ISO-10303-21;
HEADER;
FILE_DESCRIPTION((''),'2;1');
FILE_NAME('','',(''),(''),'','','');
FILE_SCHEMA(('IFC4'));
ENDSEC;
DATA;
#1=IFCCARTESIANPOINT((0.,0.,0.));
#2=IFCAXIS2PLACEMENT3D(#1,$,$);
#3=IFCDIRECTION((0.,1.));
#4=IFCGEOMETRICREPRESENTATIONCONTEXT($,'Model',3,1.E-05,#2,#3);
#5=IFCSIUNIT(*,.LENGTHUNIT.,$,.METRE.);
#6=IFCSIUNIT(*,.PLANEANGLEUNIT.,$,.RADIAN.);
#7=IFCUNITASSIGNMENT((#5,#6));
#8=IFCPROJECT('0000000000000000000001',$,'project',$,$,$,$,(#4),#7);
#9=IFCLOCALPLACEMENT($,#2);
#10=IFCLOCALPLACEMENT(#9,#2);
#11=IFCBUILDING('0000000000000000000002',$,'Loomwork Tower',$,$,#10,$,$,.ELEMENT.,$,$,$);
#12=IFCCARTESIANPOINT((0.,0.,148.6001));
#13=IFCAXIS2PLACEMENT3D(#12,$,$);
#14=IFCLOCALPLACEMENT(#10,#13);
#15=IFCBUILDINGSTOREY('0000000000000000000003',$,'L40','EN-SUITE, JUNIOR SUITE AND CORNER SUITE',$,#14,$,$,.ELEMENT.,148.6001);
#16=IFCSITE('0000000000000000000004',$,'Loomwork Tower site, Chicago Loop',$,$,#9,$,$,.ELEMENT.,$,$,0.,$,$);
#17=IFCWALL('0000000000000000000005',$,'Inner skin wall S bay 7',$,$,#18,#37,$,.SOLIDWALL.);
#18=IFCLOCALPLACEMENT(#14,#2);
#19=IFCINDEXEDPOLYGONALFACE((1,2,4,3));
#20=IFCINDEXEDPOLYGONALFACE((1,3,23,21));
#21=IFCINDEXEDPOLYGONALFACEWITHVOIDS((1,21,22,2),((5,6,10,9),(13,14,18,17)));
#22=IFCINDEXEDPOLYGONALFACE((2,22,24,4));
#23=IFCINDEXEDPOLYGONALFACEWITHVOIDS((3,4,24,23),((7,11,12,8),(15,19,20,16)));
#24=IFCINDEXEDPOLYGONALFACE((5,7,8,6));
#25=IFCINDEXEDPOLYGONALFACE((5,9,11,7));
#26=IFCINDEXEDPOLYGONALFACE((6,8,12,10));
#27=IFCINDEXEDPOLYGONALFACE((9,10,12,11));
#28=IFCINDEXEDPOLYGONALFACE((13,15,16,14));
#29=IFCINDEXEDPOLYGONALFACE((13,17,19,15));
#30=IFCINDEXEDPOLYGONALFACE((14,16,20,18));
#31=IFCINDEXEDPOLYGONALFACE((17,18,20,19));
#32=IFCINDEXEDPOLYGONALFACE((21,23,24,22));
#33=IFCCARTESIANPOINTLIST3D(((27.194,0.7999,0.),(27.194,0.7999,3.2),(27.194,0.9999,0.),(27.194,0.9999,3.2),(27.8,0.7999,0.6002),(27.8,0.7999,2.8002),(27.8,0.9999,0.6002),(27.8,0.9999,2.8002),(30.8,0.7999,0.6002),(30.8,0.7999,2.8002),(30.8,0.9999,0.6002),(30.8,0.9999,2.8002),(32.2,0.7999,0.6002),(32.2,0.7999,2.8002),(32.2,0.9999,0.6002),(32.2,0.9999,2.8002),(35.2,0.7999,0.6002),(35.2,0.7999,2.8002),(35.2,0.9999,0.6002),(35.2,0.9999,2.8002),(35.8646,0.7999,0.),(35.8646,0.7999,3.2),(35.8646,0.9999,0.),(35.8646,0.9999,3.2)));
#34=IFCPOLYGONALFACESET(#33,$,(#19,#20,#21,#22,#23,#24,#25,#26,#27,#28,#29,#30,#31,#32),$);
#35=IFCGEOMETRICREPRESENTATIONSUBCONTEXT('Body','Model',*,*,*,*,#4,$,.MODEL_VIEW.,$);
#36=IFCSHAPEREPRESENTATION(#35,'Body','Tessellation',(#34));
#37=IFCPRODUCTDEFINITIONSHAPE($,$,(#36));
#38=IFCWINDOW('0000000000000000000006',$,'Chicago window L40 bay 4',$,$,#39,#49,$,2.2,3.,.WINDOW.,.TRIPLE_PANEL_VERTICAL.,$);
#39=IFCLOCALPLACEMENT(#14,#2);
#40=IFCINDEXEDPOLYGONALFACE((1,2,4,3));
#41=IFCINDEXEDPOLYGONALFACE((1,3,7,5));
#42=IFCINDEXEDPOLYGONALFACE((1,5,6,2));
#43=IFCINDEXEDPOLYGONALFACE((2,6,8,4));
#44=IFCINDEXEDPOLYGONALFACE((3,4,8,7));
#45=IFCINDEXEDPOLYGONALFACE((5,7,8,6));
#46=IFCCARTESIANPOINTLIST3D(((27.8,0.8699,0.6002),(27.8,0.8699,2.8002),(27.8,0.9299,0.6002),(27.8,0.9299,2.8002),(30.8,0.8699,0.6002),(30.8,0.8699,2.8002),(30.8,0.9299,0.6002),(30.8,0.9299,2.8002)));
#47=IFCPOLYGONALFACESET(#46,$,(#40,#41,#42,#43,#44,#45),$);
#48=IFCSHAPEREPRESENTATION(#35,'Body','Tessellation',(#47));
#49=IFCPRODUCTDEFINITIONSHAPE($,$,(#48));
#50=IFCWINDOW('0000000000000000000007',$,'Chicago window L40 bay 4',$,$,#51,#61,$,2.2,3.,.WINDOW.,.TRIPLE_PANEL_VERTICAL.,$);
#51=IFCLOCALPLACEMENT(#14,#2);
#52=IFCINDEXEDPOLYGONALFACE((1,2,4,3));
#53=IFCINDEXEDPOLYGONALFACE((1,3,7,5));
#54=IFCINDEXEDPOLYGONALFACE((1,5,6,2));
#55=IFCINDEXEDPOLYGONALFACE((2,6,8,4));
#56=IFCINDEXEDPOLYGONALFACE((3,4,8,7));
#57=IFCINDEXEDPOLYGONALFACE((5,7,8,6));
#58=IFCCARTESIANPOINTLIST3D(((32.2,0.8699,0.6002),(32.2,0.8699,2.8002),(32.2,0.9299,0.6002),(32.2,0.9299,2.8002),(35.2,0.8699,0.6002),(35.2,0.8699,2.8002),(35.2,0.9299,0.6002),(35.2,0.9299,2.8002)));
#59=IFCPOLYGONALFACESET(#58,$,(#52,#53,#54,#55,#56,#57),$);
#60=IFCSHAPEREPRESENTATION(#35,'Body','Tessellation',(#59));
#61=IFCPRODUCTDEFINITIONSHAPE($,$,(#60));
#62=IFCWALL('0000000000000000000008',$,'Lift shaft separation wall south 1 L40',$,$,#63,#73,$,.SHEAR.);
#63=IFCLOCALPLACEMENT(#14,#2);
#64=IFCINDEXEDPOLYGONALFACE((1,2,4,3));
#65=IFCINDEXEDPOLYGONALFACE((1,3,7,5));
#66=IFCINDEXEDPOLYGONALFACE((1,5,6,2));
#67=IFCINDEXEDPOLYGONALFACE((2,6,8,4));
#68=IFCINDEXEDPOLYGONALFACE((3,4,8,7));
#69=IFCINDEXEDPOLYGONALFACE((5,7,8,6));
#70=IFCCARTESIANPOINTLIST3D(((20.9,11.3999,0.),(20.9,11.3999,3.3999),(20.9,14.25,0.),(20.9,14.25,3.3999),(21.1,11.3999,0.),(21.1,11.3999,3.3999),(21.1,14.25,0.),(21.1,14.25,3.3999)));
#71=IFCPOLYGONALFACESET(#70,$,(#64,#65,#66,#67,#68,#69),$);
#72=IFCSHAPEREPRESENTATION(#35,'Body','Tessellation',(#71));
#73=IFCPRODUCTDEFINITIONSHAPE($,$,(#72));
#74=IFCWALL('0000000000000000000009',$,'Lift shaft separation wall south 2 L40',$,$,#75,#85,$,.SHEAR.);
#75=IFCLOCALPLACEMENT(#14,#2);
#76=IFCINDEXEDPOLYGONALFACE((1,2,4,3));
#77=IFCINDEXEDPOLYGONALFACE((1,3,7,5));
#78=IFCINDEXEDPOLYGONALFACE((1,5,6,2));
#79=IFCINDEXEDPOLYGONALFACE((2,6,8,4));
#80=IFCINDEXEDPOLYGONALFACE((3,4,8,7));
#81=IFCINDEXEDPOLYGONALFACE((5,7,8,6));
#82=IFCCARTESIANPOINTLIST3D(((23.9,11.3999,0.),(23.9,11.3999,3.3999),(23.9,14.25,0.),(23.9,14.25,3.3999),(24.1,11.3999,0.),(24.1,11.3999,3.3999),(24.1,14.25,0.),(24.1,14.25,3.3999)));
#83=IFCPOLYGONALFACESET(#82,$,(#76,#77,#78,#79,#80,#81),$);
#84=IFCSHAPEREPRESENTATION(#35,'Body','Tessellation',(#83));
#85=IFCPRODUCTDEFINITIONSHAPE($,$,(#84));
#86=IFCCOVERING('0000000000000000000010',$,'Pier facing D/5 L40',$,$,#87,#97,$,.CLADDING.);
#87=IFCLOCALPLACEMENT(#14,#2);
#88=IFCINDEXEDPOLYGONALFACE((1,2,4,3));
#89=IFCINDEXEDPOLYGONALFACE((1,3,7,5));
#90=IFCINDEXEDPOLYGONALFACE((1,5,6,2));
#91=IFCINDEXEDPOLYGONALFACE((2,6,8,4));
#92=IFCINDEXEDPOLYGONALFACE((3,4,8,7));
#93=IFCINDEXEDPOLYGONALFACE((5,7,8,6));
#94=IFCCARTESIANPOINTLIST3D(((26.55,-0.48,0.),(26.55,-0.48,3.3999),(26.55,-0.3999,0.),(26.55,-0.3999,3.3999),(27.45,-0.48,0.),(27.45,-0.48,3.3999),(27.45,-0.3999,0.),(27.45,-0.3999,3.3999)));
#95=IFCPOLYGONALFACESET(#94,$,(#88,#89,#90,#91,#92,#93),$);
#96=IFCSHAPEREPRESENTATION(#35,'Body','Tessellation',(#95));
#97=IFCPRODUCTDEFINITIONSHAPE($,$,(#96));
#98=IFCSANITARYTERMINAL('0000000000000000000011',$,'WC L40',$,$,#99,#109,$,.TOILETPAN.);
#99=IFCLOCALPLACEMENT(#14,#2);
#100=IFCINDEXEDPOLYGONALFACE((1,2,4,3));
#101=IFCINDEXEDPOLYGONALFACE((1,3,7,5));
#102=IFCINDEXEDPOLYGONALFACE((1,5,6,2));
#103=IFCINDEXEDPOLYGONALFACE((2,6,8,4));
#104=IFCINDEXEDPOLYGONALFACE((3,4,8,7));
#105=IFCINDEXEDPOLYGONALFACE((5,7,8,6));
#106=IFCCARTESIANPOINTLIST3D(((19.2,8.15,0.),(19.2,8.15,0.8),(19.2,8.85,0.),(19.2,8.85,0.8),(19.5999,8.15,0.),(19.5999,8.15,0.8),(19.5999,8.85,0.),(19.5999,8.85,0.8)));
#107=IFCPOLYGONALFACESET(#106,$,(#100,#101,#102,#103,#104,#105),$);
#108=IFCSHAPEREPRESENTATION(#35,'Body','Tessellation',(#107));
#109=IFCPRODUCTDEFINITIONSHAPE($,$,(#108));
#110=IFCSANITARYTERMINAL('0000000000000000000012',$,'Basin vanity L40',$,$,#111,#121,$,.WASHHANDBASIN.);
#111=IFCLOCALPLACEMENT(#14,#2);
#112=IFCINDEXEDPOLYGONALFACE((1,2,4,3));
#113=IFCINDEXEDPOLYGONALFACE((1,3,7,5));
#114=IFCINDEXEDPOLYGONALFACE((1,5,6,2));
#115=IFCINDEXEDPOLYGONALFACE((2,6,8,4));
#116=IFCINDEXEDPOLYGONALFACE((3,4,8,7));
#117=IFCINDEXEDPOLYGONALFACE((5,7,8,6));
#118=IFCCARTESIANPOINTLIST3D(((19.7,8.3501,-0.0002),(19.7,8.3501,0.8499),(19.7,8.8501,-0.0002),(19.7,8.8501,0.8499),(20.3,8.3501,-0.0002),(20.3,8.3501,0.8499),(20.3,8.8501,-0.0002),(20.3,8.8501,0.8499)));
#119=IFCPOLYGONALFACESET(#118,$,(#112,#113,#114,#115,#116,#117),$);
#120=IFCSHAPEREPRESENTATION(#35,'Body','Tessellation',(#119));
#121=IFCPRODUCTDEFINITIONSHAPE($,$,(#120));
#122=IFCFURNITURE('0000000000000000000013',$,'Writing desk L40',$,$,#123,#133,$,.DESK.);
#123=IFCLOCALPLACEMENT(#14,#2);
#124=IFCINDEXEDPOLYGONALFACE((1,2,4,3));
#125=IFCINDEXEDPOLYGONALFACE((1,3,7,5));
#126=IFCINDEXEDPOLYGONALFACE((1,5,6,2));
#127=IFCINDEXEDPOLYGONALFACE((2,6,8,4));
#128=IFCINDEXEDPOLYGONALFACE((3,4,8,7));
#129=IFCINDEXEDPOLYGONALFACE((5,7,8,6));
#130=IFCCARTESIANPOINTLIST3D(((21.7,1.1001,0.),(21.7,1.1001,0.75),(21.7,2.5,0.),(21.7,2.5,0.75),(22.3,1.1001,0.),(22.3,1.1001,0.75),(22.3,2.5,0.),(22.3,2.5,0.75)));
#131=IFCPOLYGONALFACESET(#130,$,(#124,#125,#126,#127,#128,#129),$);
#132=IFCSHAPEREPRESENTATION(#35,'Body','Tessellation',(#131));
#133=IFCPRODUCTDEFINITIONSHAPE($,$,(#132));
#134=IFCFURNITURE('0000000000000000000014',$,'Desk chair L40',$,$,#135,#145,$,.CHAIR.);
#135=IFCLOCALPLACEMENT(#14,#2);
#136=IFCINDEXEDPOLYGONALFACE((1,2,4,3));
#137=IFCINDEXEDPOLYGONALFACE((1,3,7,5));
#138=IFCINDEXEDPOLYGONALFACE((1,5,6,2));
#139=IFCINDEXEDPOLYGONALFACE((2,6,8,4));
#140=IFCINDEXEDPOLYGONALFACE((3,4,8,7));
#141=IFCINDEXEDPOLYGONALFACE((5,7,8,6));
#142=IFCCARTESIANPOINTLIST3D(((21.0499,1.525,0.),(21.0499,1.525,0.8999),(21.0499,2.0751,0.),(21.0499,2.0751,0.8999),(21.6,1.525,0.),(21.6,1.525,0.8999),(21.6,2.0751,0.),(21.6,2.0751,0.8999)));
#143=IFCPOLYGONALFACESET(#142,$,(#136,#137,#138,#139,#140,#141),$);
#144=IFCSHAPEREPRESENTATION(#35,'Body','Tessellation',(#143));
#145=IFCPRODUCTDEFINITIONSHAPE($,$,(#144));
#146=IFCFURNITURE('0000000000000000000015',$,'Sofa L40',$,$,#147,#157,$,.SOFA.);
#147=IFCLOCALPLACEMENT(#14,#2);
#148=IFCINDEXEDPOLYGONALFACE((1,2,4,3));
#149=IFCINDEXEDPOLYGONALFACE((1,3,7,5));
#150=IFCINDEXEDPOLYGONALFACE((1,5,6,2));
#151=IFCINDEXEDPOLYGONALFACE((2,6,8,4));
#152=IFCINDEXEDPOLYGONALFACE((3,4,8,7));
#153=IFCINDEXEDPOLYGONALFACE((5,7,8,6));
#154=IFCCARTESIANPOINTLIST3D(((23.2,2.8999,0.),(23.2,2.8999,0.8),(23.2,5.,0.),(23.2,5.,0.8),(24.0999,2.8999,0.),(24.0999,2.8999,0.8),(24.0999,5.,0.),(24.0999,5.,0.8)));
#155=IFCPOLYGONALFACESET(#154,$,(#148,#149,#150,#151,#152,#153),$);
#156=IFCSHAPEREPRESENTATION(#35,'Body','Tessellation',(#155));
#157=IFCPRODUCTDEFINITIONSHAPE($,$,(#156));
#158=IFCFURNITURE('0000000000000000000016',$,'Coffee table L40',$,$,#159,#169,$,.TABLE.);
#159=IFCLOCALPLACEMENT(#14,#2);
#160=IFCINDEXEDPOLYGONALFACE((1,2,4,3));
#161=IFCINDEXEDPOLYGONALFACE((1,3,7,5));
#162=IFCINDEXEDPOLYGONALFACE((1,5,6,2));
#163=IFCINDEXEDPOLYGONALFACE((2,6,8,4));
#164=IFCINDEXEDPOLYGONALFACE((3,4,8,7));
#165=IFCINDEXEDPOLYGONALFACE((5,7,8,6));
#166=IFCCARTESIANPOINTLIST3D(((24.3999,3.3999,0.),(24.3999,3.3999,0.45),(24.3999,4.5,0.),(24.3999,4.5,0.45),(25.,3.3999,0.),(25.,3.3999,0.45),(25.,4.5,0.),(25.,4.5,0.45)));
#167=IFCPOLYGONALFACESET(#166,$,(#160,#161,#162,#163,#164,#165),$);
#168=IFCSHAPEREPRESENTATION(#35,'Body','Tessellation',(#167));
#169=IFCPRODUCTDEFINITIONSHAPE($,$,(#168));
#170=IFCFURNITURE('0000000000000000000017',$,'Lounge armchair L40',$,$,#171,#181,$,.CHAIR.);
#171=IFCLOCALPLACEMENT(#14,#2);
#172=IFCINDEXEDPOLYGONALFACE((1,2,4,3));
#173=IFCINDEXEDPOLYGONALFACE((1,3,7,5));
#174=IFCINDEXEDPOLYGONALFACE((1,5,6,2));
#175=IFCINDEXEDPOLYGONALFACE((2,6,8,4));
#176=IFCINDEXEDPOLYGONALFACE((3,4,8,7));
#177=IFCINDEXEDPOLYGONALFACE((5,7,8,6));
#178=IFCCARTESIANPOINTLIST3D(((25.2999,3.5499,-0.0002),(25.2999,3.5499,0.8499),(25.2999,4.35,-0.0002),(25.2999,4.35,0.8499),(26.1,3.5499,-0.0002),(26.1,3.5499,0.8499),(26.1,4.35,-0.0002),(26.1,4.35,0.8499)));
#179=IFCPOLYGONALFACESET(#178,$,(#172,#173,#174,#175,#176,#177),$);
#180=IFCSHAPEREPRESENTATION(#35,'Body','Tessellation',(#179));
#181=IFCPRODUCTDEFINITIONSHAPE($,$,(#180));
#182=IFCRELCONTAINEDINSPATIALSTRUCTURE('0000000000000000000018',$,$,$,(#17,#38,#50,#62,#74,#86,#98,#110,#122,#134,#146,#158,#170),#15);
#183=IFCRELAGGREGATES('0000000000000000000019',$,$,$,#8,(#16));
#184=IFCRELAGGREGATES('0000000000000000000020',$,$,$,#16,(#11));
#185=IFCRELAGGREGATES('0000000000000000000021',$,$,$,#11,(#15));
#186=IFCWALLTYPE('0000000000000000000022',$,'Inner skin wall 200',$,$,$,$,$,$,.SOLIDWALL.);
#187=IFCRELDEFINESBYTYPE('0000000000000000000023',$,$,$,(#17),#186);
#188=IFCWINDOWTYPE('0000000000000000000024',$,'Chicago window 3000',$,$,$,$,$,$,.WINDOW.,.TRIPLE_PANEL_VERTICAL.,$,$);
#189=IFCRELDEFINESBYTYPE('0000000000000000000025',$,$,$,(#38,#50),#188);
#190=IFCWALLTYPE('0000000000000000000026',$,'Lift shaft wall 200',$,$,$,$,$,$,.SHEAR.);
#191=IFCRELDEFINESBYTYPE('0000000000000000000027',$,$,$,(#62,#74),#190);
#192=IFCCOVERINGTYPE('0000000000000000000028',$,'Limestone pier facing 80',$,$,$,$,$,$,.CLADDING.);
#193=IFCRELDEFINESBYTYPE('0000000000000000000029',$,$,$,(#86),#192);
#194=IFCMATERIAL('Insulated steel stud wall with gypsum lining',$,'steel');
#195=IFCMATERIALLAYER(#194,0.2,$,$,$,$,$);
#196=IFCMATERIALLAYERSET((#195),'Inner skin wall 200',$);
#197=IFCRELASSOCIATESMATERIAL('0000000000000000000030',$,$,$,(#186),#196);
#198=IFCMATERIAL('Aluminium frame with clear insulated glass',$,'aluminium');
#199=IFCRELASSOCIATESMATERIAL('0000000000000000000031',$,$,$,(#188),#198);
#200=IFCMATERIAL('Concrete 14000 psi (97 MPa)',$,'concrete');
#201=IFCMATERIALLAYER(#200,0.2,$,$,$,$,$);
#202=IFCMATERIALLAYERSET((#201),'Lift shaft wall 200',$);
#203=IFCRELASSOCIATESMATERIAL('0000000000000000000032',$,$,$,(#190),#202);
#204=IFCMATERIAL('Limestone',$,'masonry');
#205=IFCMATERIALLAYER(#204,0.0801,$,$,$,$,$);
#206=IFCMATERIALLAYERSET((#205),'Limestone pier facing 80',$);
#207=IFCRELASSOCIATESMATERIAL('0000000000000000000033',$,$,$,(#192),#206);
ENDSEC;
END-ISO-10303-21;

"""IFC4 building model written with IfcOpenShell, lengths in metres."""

from ifc_helpers import new_model, si_unit, direction, frame, frame_2d, origin, origin_2d, place, context, subcontext, project, spatial, rectangle, extrude, material, layer, layer_set, type_object, element, fill, save


model = new_model("IFC4")

# Units and contexts
model_context = context("Model", 3, precision=1e-05, world=origin(), true_north=direction((0.0, 1.0)))
body_context = subcontext(model_context, "Body", "Model", "MODEL_VIEW")
ifc_project = project(units=[si_unit("LENGTHUNIT", "METRE"), si_unit("PLANEANGLEUNIT", "RADIAN")], contexts=[model_context])

# Site, building, storey
site_placement = place(None, origin())
site = spatial("IfcSite", under=ifc_project, at=site_placement, Name="Loomwork Tower site, Chicago Loop", CompositionType="ELEMENT", RefElevation=0.0)
building_placement = place(site_placement, origin())
building = spatial("IfcBuilding", under=site, at=building_placement, Name="Loomwork Tower", CompositionType="ELEMENT")
storey_placement = place(building_placement, frame((0.0, 0.0, 148.6001)))
storey = spatial("IfcBuildingStorey", under=building, at=storey_placement, Name="L40", Description="EN-SUITE, JUNIOR SUITE AND CORNER SUITE", CompositionType="ELEMENT", Elevation=148.6001)

# Shared definitions
ifc_material_1 = material(Name="Insulated steel stud wall with gypsum lining", Category="steel")
ifc_layer_1 = layer(ifc_material_1, 0.2)
ifc_layer_set_1 = layer_set([ifc_layer_1], Name="Inner skin wall 200")
wall_type_1 = type_object("IfcWallType", Name="Inner skin wall 200", PredefinedType="SOLIDWALL", material=ifc_layer_set_1)

# Wall, openings, windows
wall_1_placement = place(storey_placement, frame((27.1938, 0.8999, 0.0), z_axis=(0.0, 0.0, 1.0), x_axis=(1.0, 0.0, 0.0)))
wall_1 = element("IfcWall", 1, at=wall_1_placement, inside=storey, type_object=wall_type_1, Name="Inner skin wall S bay 7", PredefinedType="SOLIDWALL", context=body_context, shape_type="SweptSolid", body=[
    extrude(rectangle(XDim=8.6707, YDim=0.2, at=frame_2d((4.3354, 0.0))), origin(), (0.0, 0.0, 1.0), 3.2),
])
opening_1_placement = place(wall_1_placement, frame((0.6062, 0.0, 0.6001)))
opening_1 = element("IfcOpeningElement", 2, at=opening_1_placement, cuts=wall_1, PredefinedType="OPENING", context=body_context, shape_type="SweptSolid", body=[
    extrude(rectangle(XDim=3.0, YDim=2.2, at=frame_2d((1.5, 1.1001))), frame((0.0, 0.1099, 0.0), z_axis=(0.0, -1.0, 0.0), x_axis=(1.0, 0.0, 0.0)), (0.0, 0.0, 1.0), 0.22),
])
opening_2_placement = place(wall_1_placement, frame((5.0061, 0.0, 0.6001)))
opening_2 = element("IfcOpeningElement", 3, at=opening_2_placement, cuts=wall_1, PredefinedType="OPENING", context=body_context, shape_type="SweptSolid", body=[
    extrude(rectangle(XDim=3.0, YDim=2.2, at=frame_2d((1.5, 1.1001))), frame((0.0, 0.1099, 0.0), z_axis=(0.0, -1.0, 0.0), x_axis=(1.0, 0.0, 0.0)), (0.0, 0.0, 1.0), 0.22),
])
ifc_material_2 = material(Name="Aluminium frame with clear insulated glass", Category="aluminium")
window_type = type_object("IfcWindowType", Name="Chicago window 3000", PartitioningType="TRIPLE_PANEL_VERTICAL", PredefinedType="WINDOW", material=ifc_material_2)
window_1_placement = place(opening_1_placement, origin())
window_1 = element("IfcWindow", 4, at=window_1_placement, inside=storey, type_object=window_type, Name="Chicago window L40 bay 4", OverallHeight=2.2, OverallWidth=3.0, PartitioningType="TRIPLE_PANEL_VERTICAL", PredefinedType="WINDOW", context=body_context, shape_type="SweptSolid", body=[
    extrude(rectangle(XDim=3.0, YDim=2.2, at=frame_2d((1.5, 1.1001))), frame((0.0, 0.03, 0.0), z_axis=(0.0, -1.0, 0.0), x_axis=(1.0, 0.0, 0.0)), (0.0, 0.0, 1.0), 0.0601),
])
fill(opening_1, window_1)
window_2_placement = place(opening_2_placement, origin())
window_2 = element("IfcWindow", 5, at=window_2_placement, inside=storey, type_object=window_type, Name="Chicago window L40 bay 4", OverallHeight=2.2, OverallWidth=3.0, PartitioningType="TRIPLE_PANEL_VERTICAL", PredefinedType="WINDOW", context=body_context, shape_type="SweptSolid", body=[
    extrude(rectangle(XDim=3.0, YDim=2.2, at=frame_2d((1.5, 1.1001))), frame((0.0, 0.03, 0.0), z_axis=(0.0, -1.0, 0.0), x_axis=(1.0, 0.0, 0.0)), (0.0, 0.0, 1.0), 0.0601),
])
fill(opening_2, window_2)

# Walls
ifc_material_3 = material(Name="Concrete 14000 psi (97 MPa)", Category="concrete")
ifc_layer_2 = layer(ifc_material_3, 0.2)
ifc_layer_set_2 = layer_set([ifc_layer_2], Name="Lift shaft wall 200")
wall_type_2 = type_object("IfcWallType", Name="Lift shaft wall 200", PredefinedType="SHEAR", material=ifc_layer_set_2)
for number, where, z_axis, x_axis, name in (
    (6, (21.0, 11.3999, 0.0), (0.0, 0.0, 1.0), (0.0, 1.0, 0.0), "Lift shaft separation wall south 1 L40"),
    (7, (24.0, 11.3999, 0.0), (0.0, 0.0, 1.0), (0.0, 1.0, 0.0), "Lift shaft separation wall south 2 L40"),
):
    element("IfcWall", number, at=place(storey_placement, frame(where, z_axis=z_axis, x_axis=x_axis)), inside=storey, type_object=wall_type_2, Name=name, PredefinedType="SHEAR", context=body_context, shape_type="SweptSolid", body=[
        extrude(rectangle(XDim=2.8501, YDim=0.2, at=frame_2d((1.425, 0.0))), origin(), (0.0, 0.0, 1.0), 3.3999),
    ])

# Covering
ifc_material_4 = material(Name="Limestone", Category="masonry")
ifc_layer_3 = layer(ifc_material_4, 0.0801)
ifc_layer_set_3 = layer_set([ifc_layer_3], Name="Limestone pier facing 80")
covering_type = type_object("IfcCoveringType", Name="Limestone pier facing 80", PredefinedType="CLADDING", material=ifc_layer_set_3)
covering_placement = place(storey_placement, frame((27.0, -0.4399, 0.0), z_axis=(0.0, 0.0, 1.0), x_axis=(1.0, 0.0, 0.0)))
element("IfcCovering", 8, at=covering_placement, inside=storey, type_object=covering_type, Name="Pier facing D/5 L40", PredefinedType="CLADDING", context=body_context, shape_type="SweptSolid", body=[
    extrude(rectangle(XDim=0.8999, YDim=0.0801, at=origin_2d()), origin(), (0.0, 0.0, 1.0), 3.3999),
])

# Sanitary terminals
sanitary_terminal_1_placement = place(storey_placement, frame((19.3999, 8.5, 0.0), z_axis=(0.0, 0.0, 1.0), x_axis=(1.0, 0.0, 0.0)))
element("IfcSanitaryTerminal", 9, at=sanitary_terminal_1_placement, inside=storey, Name="WC L40", PredefinedType="TOILETPAN", context=body_context, shape_type="SweptSolid", body=[
    extrude(rectangle(XDim=0.3999, YDim=0.7, at=origin_2d()), origin(), (0.0, 0.0, 1.0), 0.8),
])
sanitary_terminal_2_placement = place(storey_placement, frame((20.0, 8.6001, -0.0002), z_axis=(0.0, 0.0, 1.0), x_axis=(1.0, 0.0, 0.0)))
element("IfcSanitaryTerminal", 10, at=sanitary_terminal_2_placement, inside=storey, Name="Basin vanity L40", PredefinedType="WASHHANDBASIN", context=body_context, shape_type="SweptSolid", body=[
    extrude(rectangle(XDim=0.6001, YDim=0.5, at=origin_2d()), origin(), (0.0, 0.0, 1.0), 0.8501),
])

# Furniture
furniture_1_placement = place(storey_placement, frame((22.0, 1.8, 0.0), z_axis=(0.0, 0.0, 1.0), x_axis=(1.0, 0.0, 0.0)))
element("IfcFurniture", 11, at=furniture_1_placement, inside=storey, Name="Writing desk L40", PredefinedType="DESK", context=body_context, shape_type="SweptSolid", body=[
    extrude(rectangle(XDim=0.6001, YDim=1.3999, at=origin_2d()), origin(), (0.0, 0.0, 1.0), 0.75),
])
furniture_2_placement = place(storey_placement, frame((21.325, 1.8, 0.0), z_axis=(0.0, 0.0, 1.0), x_axis=(1.0, 0.0, 0.0)))
element("IfcFurniture", 12, at=furniture_2_placement, inside=storey, Name="Desk chair L40", PredefinedType="CHAIR", context=body_context, shape_type="SweptSolid", body=[
    extrude(rectangle(XDim=0.55, YDim=0.55, at=origin_2d()), origin(), (0.0, 0.0, 1.0), 0.8999),
])
furniture_3_placement = place(storey_placement, frame((23.6499, 3.95, 0.0), z_axis=(0.0, 0.0, 1.0), x_axis=(1.0, 0.0, 0.0)))
element("IfcFurniture", 13, at=furniture_3_placement, inside=storey, Name="Sofa L40", PredefinedType="SOFA", context=body_context, shape_type="SweptSolid", body=[
    extrude(rectangle(XDim=0.8999, YDim=2.1001, at=origin_2d()), origin(), (0.0, 0.0, 1.0), 0.8),
])
furniture_4_placement = place(storey_placement, frame((24.7, 3.95, 0.0), z_axis=(0.0, 0.0, 1.0), x_axis=(1.0, 0.0, 0.0)))
element("IfcFurniture", 14, at=furniture_4_placement, inside=storey, Name="Coffee table L40", PredefinedType="TABLE", context=body_context, shape_type="SweptSolid", body=[
    extrude(rectangle(XDim=0.6001, YDim=1.1001, at=origin_2d()), origin(), (0.0, 0.0, 1.0), 0.45),
])
furniture_5_placement = place(storey_placement, frame((25.7, 3.95, -0.0002), z_axis=(0.0, 0.0, 1.0), x_axis=(1.0, 0.0, 0.0)))
element("IfcFurniture", 15, at=furniture_5_placement, inside=storey, Name="Lounge armchair L40", PredefinedType="CHAIR", context=body_context, shape_type="SweptSolid", body=[
    extrude(rectangle(XDim=0.8, YDim=0.8, at=origin_2d()), origin(), (0.0, 0.0, 1.0), 0.8501),
])

save(model, "model.ifc")
